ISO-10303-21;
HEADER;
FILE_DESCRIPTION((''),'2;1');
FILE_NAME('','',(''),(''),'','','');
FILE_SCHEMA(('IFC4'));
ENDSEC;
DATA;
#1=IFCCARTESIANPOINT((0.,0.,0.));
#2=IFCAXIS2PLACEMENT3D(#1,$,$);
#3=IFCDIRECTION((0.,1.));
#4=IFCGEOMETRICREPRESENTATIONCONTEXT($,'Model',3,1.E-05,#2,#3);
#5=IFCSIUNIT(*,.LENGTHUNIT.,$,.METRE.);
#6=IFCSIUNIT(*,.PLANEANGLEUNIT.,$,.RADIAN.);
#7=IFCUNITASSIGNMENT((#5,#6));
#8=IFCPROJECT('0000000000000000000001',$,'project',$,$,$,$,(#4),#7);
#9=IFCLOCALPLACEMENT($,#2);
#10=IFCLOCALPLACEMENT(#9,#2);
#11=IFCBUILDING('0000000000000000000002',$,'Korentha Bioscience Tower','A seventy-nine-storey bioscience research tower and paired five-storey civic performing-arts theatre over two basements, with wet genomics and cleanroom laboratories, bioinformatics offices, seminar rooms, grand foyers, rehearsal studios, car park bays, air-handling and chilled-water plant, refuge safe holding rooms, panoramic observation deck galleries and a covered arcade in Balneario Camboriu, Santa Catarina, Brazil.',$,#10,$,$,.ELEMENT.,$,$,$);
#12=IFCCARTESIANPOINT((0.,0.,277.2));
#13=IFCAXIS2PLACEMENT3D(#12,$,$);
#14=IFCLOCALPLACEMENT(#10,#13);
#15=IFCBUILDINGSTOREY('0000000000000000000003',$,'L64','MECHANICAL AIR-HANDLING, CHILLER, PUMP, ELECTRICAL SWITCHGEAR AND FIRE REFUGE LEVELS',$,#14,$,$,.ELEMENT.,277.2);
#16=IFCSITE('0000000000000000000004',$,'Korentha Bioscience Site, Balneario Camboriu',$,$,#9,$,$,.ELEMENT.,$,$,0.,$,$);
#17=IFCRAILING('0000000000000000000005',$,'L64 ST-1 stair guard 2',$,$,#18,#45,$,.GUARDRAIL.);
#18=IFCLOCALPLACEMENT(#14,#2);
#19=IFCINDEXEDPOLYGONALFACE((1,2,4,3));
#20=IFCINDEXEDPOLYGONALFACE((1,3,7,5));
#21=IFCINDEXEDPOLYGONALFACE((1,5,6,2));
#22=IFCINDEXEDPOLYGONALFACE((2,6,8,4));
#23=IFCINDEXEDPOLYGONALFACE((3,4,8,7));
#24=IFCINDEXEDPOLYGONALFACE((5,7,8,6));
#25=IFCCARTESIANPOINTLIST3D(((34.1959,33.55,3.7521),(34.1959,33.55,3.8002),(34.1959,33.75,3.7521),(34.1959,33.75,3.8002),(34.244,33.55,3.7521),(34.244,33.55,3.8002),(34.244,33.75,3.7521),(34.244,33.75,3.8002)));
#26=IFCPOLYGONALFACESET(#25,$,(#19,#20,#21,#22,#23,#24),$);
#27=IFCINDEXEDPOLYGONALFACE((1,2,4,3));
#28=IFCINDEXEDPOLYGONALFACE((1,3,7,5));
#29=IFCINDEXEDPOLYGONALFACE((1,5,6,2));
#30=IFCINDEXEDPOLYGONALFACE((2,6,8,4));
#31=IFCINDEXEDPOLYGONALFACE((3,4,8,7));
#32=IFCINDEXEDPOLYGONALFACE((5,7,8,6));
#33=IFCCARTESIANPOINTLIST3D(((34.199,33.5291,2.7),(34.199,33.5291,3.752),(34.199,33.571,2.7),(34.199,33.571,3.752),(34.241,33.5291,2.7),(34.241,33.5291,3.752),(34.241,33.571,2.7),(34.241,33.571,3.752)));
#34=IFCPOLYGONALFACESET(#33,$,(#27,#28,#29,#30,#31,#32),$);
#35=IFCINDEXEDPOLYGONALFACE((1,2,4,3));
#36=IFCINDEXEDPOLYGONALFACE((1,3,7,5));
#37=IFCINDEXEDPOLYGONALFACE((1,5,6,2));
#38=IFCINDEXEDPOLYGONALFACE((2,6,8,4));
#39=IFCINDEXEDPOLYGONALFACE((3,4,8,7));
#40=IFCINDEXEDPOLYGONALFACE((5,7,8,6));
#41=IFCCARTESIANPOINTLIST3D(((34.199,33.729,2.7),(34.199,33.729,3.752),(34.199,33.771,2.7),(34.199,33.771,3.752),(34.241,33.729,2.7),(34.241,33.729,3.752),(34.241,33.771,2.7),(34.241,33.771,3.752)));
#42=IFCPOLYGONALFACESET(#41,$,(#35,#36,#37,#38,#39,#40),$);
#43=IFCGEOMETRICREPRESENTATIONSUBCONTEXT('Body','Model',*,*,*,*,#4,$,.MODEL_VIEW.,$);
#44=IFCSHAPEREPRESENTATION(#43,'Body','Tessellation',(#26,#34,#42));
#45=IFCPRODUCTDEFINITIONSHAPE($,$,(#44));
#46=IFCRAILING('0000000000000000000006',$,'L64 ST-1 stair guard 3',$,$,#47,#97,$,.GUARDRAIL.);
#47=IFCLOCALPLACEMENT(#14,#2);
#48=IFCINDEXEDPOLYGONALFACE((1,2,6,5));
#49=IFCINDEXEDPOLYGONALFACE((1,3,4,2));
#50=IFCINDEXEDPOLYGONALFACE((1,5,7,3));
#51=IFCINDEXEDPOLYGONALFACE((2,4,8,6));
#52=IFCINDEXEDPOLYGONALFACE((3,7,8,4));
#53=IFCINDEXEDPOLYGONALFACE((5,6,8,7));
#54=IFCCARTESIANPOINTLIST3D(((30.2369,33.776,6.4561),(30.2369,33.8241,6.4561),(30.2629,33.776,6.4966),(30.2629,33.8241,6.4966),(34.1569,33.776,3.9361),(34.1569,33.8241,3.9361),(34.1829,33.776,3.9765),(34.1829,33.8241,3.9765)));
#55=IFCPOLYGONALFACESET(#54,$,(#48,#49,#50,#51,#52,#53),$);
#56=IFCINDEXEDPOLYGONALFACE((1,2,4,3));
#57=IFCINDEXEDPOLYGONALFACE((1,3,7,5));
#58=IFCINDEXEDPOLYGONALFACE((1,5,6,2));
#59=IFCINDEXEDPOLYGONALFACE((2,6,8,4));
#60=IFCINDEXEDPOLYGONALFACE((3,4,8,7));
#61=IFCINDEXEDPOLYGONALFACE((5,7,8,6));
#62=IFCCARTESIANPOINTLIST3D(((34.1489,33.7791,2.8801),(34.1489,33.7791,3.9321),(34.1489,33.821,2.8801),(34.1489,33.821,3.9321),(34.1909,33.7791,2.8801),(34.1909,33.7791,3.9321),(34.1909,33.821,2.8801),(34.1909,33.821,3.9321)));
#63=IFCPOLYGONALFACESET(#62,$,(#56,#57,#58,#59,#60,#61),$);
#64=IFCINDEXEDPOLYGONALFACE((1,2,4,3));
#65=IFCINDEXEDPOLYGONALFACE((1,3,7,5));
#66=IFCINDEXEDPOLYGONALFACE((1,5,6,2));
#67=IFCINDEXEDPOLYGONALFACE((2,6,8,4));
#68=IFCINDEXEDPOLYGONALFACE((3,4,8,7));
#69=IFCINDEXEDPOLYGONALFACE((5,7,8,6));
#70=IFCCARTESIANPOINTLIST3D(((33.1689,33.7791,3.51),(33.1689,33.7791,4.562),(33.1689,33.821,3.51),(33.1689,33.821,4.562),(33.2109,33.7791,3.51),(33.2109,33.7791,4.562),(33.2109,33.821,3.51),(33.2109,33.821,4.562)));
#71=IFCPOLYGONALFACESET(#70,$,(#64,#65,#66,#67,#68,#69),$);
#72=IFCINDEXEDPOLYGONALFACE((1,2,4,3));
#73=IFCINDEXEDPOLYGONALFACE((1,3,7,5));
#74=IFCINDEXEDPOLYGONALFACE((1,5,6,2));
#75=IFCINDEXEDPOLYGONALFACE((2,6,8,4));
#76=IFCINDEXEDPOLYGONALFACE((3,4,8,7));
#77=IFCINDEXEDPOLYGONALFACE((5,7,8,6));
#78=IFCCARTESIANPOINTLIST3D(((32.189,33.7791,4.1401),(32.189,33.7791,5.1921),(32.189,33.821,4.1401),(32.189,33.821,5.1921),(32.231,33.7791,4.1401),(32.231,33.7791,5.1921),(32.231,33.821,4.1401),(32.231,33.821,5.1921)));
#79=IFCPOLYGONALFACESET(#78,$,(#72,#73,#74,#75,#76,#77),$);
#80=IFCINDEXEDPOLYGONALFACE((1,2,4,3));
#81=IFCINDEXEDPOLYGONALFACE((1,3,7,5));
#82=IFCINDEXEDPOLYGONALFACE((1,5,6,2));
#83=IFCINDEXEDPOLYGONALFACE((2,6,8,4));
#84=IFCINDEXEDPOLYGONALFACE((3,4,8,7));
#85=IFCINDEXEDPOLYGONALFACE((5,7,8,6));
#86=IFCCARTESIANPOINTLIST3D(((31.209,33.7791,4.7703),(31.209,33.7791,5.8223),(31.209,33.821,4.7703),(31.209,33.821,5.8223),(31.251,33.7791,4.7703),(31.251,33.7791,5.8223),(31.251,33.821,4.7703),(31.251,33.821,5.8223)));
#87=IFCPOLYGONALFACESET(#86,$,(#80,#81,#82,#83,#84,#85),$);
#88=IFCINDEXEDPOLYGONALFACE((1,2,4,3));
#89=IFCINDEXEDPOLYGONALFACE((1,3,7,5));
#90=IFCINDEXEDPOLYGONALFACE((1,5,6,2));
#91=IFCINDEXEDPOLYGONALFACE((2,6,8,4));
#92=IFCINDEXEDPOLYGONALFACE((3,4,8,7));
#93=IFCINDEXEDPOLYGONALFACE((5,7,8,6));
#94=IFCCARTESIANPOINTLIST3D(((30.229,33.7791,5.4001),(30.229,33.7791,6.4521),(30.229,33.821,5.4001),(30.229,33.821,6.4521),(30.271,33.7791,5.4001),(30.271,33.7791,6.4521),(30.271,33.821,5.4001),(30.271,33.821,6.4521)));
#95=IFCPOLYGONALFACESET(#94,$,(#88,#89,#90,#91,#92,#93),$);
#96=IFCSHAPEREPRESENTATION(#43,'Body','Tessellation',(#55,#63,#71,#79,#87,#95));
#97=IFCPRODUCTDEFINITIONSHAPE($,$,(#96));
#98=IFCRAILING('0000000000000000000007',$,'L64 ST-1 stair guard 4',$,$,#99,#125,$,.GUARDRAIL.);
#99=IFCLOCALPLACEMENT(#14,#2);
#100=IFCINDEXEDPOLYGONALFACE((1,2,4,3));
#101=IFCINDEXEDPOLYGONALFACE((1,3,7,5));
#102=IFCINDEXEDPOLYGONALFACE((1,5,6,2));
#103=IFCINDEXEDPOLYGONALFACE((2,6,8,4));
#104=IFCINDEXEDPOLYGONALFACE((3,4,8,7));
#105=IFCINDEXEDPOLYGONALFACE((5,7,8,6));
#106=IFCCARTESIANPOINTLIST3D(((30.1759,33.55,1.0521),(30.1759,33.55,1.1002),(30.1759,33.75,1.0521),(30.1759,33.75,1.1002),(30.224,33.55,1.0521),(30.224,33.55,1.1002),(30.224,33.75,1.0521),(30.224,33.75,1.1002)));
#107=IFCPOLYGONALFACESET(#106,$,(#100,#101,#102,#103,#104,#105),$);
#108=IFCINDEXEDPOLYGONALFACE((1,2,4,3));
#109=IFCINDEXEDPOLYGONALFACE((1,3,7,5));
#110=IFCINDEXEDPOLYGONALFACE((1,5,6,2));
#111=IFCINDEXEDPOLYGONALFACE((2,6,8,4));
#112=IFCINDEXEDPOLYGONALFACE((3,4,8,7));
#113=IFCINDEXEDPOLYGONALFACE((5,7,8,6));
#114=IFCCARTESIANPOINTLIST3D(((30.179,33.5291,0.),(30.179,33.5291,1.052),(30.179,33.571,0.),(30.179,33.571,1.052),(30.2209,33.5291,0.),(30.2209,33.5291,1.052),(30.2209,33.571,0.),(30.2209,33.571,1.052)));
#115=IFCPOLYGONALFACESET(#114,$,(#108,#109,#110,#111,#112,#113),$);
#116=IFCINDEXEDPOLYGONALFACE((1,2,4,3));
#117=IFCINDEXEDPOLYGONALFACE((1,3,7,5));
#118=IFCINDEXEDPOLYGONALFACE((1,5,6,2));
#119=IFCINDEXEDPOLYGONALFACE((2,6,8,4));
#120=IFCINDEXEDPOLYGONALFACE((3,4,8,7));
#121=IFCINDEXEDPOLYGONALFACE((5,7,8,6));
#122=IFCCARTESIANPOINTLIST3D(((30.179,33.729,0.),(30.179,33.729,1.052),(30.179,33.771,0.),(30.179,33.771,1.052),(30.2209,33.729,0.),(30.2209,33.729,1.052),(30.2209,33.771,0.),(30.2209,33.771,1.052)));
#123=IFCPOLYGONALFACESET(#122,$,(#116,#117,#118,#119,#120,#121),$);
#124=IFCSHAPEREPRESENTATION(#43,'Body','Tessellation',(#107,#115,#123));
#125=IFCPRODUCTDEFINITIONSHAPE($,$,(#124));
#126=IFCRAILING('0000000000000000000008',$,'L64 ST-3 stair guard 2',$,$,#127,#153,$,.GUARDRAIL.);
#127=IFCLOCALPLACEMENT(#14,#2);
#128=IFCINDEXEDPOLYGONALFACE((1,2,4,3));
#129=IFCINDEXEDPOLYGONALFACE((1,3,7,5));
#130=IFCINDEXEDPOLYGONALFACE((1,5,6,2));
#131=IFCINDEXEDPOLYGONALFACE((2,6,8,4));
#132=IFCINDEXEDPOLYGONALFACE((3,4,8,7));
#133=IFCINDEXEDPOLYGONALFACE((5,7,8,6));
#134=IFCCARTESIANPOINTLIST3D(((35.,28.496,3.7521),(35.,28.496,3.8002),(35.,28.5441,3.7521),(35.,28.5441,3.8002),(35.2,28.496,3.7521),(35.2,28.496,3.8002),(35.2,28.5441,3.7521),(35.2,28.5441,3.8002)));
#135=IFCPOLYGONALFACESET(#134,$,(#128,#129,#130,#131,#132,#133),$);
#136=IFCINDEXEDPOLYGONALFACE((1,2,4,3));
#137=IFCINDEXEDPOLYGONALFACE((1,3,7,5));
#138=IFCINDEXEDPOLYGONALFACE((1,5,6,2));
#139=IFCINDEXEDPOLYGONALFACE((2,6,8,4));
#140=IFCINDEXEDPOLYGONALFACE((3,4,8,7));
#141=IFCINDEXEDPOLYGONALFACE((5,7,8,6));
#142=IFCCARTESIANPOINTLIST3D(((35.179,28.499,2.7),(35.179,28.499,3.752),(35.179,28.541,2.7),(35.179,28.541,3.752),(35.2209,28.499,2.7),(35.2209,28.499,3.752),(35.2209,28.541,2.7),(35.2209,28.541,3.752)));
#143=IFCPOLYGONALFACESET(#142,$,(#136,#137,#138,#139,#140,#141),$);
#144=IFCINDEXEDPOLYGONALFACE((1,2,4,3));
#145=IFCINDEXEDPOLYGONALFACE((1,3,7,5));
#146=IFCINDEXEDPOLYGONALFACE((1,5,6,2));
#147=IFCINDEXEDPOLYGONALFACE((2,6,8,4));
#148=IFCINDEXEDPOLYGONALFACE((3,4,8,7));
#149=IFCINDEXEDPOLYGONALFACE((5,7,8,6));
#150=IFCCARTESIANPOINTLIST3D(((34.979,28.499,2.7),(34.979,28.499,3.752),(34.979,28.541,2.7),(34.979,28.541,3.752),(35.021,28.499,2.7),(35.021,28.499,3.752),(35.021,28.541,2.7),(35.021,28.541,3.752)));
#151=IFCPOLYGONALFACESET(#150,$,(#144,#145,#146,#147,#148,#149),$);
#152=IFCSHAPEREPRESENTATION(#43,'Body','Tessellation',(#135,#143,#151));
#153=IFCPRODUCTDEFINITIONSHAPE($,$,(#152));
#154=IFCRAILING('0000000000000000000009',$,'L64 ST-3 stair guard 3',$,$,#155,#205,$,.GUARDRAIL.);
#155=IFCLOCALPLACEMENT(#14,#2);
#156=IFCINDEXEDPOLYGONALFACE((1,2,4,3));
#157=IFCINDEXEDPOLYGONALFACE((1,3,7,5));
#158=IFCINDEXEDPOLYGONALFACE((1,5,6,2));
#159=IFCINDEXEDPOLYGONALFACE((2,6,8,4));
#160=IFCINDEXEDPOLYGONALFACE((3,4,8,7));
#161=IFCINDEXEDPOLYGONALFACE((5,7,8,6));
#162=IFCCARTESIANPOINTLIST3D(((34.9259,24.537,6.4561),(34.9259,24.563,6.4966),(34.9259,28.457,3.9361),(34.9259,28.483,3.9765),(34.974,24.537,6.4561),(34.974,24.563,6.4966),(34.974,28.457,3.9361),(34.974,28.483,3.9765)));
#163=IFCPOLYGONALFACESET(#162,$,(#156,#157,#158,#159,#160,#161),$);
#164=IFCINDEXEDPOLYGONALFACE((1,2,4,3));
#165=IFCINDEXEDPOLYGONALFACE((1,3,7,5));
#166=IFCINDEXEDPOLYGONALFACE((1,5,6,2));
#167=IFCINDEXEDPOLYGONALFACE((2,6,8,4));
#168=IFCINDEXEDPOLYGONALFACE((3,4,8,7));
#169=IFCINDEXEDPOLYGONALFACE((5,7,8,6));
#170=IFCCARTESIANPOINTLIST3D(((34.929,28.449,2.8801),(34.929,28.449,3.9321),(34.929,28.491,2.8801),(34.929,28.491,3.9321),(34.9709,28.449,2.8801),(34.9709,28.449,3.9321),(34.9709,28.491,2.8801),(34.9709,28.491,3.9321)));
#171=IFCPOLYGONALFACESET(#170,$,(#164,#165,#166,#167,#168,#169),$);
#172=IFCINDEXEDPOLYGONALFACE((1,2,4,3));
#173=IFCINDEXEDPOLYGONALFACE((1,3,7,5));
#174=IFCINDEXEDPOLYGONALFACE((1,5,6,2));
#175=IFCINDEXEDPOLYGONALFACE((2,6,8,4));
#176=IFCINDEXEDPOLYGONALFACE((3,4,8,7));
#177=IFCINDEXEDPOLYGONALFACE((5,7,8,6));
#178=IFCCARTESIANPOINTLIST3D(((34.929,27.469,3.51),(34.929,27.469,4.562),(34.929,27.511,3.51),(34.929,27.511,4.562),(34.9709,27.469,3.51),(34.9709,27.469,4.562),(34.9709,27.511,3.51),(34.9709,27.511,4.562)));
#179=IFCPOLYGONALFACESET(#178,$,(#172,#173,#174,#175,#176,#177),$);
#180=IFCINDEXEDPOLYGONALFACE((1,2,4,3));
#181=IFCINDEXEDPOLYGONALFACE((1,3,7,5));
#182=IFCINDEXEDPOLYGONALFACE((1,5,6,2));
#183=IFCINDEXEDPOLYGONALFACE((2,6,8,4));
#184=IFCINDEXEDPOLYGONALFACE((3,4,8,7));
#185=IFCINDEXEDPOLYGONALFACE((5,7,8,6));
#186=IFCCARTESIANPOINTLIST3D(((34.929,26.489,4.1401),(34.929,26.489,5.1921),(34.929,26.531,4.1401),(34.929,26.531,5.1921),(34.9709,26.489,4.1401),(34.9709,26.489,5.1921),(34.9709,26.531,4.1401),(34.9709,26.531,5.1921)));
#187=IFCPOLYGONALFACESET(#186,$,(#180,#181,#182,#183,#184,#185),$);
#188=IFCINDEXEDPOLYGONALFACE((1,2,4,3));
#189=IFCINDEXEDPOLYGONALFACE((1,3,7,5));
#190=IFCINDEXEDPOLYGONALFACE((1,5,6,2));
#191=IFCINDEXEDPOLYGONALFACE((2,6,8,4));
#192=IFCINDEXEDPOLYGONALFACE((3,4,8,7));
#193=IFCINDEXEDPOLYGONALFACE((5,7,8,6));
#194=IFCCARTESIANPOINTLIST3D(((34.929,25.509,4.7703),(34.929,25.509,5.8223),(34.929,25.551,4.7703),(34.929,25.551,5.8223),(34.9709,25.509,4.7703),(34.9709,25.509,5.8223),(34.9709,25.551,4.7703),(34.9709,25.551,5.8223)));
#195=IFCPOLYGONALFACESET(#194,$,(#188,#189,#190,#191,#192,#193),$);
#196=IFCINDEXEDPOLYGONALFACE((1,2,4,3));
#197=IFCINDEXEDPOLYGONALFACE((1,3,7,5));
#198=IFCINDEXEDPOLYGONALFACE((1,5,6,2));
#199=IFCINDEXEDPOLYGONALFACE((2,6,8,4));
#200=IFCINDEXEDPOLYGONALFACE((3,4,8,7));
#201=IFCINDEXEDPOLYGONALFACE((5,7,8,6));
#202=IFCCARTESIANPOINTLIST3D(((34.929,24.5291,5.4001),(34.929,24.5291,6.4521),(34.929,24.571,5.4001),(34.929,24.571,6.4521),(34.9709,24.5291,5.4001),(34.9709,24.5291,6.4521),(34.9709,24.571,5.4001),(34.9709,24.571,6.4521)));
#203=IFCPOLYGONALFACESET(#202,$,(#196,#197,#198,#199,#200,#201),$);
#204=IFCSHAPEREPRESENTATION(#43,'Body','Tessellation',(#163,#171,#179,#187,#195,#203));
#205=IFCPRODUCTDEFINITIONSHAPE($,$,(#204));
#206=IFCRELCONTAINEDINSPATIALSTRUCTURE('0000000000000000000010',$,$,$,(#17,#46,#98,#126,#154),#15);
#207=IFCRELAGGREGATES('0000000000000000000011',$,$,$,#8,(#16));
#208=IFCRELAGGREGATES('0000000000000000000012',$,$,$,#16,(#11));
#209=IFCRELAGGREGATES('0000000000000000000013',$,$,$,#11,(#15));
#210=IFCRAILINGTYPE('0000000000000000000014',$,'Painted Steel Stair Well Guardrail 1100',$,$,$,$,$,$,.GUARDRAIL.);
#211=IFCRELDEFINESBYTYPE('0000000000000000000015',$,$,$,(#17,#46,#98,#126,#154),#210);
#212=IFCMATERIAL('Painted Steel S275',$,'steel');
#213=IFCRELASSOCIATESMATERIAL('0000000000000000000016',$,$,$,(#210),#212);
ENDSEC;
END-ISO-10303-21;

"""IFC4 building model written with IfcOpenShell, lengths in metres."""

from ifc_helpers import new_model, si_unit, direction, frame, origin, origin_2d, place, context, subcontext, project, spatial, rectangle, extrude, material, type_object, element, save


model = new_model("IFC4")

# Units and contexts
model_context = context("Model", 3, precision=1e-05, world=origin(), true_north=direction((0.0, 1.0)))
body_context = subcontext(model_context, "Body", "Model", "MODEL_VIEW")
ifc_project = project(units=[si_unit("LENGTHUNIT", "METRE"), si_unit("PLANEANGLEUNIT", "RADIAN")], contexts=[model_context])

# Site, building, storey
site_placement = place(None, origin())
site = spatial("IfcSite", under=ifc_project, at=site_placement, Name="Korentha Bioscience Site, Balneario Camboriu", CompositionType="ELEMENT", RefElevation=0.0)
building_placement = place(site_placement, origin())
building = spatial("IfcBuilding", under=site, at=building_placement, Name="Korentha Bioscience Tower", Description="A seventy-nine-storey bioscience research tower and paired five-storey civic performing-arts theatre over two basements, with wet genomics and cleanroom laboratories, bioinformatics offices, seminar rooms, grand foyers, rehearsal studios, car park bays, air-handling and chilled-water plant, refuge safe holding rooms, panoramic observation deck galleries and a covered arcade in Balneario Camboriu, Santa Catarina, Brazil.", CompositionType="ELEMENT")
storey_placement = place(building_placement, frame((0.0, 0.0, 277.2)))
storey = spatial("IfcBuildingStorey", under=building, at=storey_placement, Name="L64", Description="MECHANICAL AIR-HANDLING, CHILLER, PUMP, ELECTRICAL SWITCHGEAR AND FIRE REFUGE LEVELS", CompositionType="ELEMENT", Elevation=277.2)

# Railings
ifc_material_1 = material(Name="Painted Steel S275", Category="steel")
railing_type_1 = type_object("IfcRailingType", Name="Painted Steel Stair Well Guardrail 1100", PredefinedType="GUARDRAIL", material=ifc_material_1)
railing_1_placement = place(storey_placement, frame((34.22, 33.55, 2.7)))
element("IfcRailing", 1, at=railing_1_placement, inside=storey, type_object=railing_type_1, Name="L64 ST-1 stair guard 2", PredefinedType="GUARDRAIL", context=body_context, shape_type="SweptSolid", body=[
    extrude(rectangle(XDim=0.0481, YDim=0.0481, at=origin_2d()), frame((0.0, 0.0, 1.0762), z_axis=(0.0, 1.0, 0.0), x_axis=(-1.0, 0.0, 0.0)), (0.0, 0.0, 1.0), 0.2),
    extrude(rectangle(XDim=0.042, YDim=0.042, at=origin_2d()), origin(), (0.0, 0.0, 1.0), 1.052),
    extrude(rectangle(XDim=0.042, YDim=0.042, at=origin_2d()), frame((0.0, 0.2, 0.0)), (0.0, 0.0, 1.0), 1.052),
])
railing_2_placement = place(storey_placement, frame((34.1699, 33.8, 2.8801)))
element("IfcRailing", 2, at=railing_2_placement, inside=storey, type_object=railing_type_1, Name="L64 ST-1 stair guard 3", PredefinedType="GUARDRAIL", context=body_context, shape_type="SweptSolid", body=[
    extrude(rectangle(XDim=0.0481, YDim=0.0481, at=origin_2d()), frame((0.0, 0.0, 1.0762), z_axis=(-0.841172, 0.0, 0.540768), x_axis=(0.0, -1.0, 0.0)), (0.0, 0.0, 1.0), 4.6602),
    extrude(rectangle(XDim=0.042, YDim=0.042, at=origin_2d()), origin(), (0.0, 0.0, 1.0), 1.052),
    extrude(rectangle(XDim=0.042, YDim=0.042, at=origin_2d()), frame((-0.98, 0.0, 0.6299)), (0.0, 0.0, 1.0), 1.052),
    extrude(rectangle(XDim=0.042, YDim=0.042, at=origin_2d()), frame((-1.96, 0.0, 1.26)), (0.0, 0.0, 1.0), 1.052),
    extrude(rectangle(XDim=0.042, YDim=0.042, at=origin_2d()), frame((-2.9399, 0.0, 1.8901)), (0.0, 0.0, 1.0), 1.052),
    extrude(rectangle(XDim=0.042, YDim=0.042, at=origin_2d()), frame((-3.9199, 0.0, 2.52)), (0.0, 0.0, 1.0), 1.052),
])
railing_3_placement = place(storey_placement, frame((30.2, 33.55, 0.0)))
element("IfcRailing", 3, at=railing_3_placement, inside=storey, type_object=railing_type_1, Name="L64 ST-1 stair guard 4", PredefinedType="GUARDRAIL", context=body_context, shape_type="SweptSolid", body=[
    extrude(rectangle(XDim=0.0481, YDim=0.0481, at=origin_2d()), frame((0.0, 0.0, 1.0762), z_axis=(0.0, 1.0, 0.0), x_axis=(-1.0, 0.0, 0.0)), (0.0, 0.0, 1.0), 0.2),
    extrude(rectangle(XDim=0.042, YDim=0.042, at=origin_2d()), origin(), (0.0, 0.0, 1.0), 1.052),
    extrude(rectangle(XDim=0.042, YDim=0.042, at=origin_2d()), frame((0.0, 0.2, 0.0)), (0.0, 0.0, 1.0), 1.052),
])
railing_4_placement = place(storey_placement, frame((35.2, 28.52, 2.7)))
element("IfcRailing", 4, at=railing_4_placement, inside=storey, type_object=railing_type_1, Name="L64 ST-3 stair guard 2", PredefinedType="GUARDRAIL", context=body_context, shape_type="SweptSolid", body=[
    extrude(rectangle(XDim=0.0481, YDim=0.0481, at=origin_2d()), frame((0.0, 0.0, 1.0762), z_axis=(-1.0, 0.0, 0.0), x_axis=(0.0, -1.0, 0.0)), (0.0, 0.0, 1.0), 0.2),
    extrude(rectangle(XDim=0.042, YDim=0.042, at=origin_2d()), origin(), (0.0, 0.0, 1.0), 1.052),
    extrude(rectangle(XDim=0.042, YDim=0.042, at=origin_2d()), frame((-0.2, 0.0, 0.0)), (0.0, 0.0, 1.0), 1.052),
])
railing_5_placement = place(storey_placement, frame((34.95, 28.47, 2.8801)))
element("IfcRailing", 5, at=railing_5_placement, inside=storey, type_object=railing_type_1, Name="L64 ST-3 stair guard 3", PredefinedType="GUARDRAIL", context=body_context, shape_type="SweptSolid", body=[
    extrude(rectangle(XDim=0.0481, YDim=0.0481, at=origin_2d()), frame((0.0, 0.0, 1.0762), z_axis=(0.0, -0.841172, 0.540768), x_axis=(1.0, 0.0, 0.0)), (0.0, 0.0, 1.0), 4.6602),
    extrude(rectangle(XDim=0.042, YDim=0.042, at=origin_2d()), origin(), (0.0, 0.0, 1.0), 1.052),
    extrude(rectangle(XDim=0.042, YDim=0.042, at=origin_2d()), frame((0.0, -0.98, 0.6299)), (0.0, 0.0, 1.0), 1.052),
    extrude(rectangle(XDim=0.042, YDim=0.042, at=origin_2d()), frame((0.0, -1.96, 1.26)), (0.0, 0.0, 1.0), 1.052),
    extrude(rectangle(XDim=0.042, YDim=0.042, at=origin_2d()), frame((0.0, -2.9399, 1.8901)), (0.0, 0.0, 1.0), 1.052),
    extrude(rectangle(XDim=0.042, YDim=0.042, at=origin_2d()), frame((0.0, -3.9199, 2.52)), (0.0, 0.0, 1.0), 1.052),
])

save(model, "model.ifc")
